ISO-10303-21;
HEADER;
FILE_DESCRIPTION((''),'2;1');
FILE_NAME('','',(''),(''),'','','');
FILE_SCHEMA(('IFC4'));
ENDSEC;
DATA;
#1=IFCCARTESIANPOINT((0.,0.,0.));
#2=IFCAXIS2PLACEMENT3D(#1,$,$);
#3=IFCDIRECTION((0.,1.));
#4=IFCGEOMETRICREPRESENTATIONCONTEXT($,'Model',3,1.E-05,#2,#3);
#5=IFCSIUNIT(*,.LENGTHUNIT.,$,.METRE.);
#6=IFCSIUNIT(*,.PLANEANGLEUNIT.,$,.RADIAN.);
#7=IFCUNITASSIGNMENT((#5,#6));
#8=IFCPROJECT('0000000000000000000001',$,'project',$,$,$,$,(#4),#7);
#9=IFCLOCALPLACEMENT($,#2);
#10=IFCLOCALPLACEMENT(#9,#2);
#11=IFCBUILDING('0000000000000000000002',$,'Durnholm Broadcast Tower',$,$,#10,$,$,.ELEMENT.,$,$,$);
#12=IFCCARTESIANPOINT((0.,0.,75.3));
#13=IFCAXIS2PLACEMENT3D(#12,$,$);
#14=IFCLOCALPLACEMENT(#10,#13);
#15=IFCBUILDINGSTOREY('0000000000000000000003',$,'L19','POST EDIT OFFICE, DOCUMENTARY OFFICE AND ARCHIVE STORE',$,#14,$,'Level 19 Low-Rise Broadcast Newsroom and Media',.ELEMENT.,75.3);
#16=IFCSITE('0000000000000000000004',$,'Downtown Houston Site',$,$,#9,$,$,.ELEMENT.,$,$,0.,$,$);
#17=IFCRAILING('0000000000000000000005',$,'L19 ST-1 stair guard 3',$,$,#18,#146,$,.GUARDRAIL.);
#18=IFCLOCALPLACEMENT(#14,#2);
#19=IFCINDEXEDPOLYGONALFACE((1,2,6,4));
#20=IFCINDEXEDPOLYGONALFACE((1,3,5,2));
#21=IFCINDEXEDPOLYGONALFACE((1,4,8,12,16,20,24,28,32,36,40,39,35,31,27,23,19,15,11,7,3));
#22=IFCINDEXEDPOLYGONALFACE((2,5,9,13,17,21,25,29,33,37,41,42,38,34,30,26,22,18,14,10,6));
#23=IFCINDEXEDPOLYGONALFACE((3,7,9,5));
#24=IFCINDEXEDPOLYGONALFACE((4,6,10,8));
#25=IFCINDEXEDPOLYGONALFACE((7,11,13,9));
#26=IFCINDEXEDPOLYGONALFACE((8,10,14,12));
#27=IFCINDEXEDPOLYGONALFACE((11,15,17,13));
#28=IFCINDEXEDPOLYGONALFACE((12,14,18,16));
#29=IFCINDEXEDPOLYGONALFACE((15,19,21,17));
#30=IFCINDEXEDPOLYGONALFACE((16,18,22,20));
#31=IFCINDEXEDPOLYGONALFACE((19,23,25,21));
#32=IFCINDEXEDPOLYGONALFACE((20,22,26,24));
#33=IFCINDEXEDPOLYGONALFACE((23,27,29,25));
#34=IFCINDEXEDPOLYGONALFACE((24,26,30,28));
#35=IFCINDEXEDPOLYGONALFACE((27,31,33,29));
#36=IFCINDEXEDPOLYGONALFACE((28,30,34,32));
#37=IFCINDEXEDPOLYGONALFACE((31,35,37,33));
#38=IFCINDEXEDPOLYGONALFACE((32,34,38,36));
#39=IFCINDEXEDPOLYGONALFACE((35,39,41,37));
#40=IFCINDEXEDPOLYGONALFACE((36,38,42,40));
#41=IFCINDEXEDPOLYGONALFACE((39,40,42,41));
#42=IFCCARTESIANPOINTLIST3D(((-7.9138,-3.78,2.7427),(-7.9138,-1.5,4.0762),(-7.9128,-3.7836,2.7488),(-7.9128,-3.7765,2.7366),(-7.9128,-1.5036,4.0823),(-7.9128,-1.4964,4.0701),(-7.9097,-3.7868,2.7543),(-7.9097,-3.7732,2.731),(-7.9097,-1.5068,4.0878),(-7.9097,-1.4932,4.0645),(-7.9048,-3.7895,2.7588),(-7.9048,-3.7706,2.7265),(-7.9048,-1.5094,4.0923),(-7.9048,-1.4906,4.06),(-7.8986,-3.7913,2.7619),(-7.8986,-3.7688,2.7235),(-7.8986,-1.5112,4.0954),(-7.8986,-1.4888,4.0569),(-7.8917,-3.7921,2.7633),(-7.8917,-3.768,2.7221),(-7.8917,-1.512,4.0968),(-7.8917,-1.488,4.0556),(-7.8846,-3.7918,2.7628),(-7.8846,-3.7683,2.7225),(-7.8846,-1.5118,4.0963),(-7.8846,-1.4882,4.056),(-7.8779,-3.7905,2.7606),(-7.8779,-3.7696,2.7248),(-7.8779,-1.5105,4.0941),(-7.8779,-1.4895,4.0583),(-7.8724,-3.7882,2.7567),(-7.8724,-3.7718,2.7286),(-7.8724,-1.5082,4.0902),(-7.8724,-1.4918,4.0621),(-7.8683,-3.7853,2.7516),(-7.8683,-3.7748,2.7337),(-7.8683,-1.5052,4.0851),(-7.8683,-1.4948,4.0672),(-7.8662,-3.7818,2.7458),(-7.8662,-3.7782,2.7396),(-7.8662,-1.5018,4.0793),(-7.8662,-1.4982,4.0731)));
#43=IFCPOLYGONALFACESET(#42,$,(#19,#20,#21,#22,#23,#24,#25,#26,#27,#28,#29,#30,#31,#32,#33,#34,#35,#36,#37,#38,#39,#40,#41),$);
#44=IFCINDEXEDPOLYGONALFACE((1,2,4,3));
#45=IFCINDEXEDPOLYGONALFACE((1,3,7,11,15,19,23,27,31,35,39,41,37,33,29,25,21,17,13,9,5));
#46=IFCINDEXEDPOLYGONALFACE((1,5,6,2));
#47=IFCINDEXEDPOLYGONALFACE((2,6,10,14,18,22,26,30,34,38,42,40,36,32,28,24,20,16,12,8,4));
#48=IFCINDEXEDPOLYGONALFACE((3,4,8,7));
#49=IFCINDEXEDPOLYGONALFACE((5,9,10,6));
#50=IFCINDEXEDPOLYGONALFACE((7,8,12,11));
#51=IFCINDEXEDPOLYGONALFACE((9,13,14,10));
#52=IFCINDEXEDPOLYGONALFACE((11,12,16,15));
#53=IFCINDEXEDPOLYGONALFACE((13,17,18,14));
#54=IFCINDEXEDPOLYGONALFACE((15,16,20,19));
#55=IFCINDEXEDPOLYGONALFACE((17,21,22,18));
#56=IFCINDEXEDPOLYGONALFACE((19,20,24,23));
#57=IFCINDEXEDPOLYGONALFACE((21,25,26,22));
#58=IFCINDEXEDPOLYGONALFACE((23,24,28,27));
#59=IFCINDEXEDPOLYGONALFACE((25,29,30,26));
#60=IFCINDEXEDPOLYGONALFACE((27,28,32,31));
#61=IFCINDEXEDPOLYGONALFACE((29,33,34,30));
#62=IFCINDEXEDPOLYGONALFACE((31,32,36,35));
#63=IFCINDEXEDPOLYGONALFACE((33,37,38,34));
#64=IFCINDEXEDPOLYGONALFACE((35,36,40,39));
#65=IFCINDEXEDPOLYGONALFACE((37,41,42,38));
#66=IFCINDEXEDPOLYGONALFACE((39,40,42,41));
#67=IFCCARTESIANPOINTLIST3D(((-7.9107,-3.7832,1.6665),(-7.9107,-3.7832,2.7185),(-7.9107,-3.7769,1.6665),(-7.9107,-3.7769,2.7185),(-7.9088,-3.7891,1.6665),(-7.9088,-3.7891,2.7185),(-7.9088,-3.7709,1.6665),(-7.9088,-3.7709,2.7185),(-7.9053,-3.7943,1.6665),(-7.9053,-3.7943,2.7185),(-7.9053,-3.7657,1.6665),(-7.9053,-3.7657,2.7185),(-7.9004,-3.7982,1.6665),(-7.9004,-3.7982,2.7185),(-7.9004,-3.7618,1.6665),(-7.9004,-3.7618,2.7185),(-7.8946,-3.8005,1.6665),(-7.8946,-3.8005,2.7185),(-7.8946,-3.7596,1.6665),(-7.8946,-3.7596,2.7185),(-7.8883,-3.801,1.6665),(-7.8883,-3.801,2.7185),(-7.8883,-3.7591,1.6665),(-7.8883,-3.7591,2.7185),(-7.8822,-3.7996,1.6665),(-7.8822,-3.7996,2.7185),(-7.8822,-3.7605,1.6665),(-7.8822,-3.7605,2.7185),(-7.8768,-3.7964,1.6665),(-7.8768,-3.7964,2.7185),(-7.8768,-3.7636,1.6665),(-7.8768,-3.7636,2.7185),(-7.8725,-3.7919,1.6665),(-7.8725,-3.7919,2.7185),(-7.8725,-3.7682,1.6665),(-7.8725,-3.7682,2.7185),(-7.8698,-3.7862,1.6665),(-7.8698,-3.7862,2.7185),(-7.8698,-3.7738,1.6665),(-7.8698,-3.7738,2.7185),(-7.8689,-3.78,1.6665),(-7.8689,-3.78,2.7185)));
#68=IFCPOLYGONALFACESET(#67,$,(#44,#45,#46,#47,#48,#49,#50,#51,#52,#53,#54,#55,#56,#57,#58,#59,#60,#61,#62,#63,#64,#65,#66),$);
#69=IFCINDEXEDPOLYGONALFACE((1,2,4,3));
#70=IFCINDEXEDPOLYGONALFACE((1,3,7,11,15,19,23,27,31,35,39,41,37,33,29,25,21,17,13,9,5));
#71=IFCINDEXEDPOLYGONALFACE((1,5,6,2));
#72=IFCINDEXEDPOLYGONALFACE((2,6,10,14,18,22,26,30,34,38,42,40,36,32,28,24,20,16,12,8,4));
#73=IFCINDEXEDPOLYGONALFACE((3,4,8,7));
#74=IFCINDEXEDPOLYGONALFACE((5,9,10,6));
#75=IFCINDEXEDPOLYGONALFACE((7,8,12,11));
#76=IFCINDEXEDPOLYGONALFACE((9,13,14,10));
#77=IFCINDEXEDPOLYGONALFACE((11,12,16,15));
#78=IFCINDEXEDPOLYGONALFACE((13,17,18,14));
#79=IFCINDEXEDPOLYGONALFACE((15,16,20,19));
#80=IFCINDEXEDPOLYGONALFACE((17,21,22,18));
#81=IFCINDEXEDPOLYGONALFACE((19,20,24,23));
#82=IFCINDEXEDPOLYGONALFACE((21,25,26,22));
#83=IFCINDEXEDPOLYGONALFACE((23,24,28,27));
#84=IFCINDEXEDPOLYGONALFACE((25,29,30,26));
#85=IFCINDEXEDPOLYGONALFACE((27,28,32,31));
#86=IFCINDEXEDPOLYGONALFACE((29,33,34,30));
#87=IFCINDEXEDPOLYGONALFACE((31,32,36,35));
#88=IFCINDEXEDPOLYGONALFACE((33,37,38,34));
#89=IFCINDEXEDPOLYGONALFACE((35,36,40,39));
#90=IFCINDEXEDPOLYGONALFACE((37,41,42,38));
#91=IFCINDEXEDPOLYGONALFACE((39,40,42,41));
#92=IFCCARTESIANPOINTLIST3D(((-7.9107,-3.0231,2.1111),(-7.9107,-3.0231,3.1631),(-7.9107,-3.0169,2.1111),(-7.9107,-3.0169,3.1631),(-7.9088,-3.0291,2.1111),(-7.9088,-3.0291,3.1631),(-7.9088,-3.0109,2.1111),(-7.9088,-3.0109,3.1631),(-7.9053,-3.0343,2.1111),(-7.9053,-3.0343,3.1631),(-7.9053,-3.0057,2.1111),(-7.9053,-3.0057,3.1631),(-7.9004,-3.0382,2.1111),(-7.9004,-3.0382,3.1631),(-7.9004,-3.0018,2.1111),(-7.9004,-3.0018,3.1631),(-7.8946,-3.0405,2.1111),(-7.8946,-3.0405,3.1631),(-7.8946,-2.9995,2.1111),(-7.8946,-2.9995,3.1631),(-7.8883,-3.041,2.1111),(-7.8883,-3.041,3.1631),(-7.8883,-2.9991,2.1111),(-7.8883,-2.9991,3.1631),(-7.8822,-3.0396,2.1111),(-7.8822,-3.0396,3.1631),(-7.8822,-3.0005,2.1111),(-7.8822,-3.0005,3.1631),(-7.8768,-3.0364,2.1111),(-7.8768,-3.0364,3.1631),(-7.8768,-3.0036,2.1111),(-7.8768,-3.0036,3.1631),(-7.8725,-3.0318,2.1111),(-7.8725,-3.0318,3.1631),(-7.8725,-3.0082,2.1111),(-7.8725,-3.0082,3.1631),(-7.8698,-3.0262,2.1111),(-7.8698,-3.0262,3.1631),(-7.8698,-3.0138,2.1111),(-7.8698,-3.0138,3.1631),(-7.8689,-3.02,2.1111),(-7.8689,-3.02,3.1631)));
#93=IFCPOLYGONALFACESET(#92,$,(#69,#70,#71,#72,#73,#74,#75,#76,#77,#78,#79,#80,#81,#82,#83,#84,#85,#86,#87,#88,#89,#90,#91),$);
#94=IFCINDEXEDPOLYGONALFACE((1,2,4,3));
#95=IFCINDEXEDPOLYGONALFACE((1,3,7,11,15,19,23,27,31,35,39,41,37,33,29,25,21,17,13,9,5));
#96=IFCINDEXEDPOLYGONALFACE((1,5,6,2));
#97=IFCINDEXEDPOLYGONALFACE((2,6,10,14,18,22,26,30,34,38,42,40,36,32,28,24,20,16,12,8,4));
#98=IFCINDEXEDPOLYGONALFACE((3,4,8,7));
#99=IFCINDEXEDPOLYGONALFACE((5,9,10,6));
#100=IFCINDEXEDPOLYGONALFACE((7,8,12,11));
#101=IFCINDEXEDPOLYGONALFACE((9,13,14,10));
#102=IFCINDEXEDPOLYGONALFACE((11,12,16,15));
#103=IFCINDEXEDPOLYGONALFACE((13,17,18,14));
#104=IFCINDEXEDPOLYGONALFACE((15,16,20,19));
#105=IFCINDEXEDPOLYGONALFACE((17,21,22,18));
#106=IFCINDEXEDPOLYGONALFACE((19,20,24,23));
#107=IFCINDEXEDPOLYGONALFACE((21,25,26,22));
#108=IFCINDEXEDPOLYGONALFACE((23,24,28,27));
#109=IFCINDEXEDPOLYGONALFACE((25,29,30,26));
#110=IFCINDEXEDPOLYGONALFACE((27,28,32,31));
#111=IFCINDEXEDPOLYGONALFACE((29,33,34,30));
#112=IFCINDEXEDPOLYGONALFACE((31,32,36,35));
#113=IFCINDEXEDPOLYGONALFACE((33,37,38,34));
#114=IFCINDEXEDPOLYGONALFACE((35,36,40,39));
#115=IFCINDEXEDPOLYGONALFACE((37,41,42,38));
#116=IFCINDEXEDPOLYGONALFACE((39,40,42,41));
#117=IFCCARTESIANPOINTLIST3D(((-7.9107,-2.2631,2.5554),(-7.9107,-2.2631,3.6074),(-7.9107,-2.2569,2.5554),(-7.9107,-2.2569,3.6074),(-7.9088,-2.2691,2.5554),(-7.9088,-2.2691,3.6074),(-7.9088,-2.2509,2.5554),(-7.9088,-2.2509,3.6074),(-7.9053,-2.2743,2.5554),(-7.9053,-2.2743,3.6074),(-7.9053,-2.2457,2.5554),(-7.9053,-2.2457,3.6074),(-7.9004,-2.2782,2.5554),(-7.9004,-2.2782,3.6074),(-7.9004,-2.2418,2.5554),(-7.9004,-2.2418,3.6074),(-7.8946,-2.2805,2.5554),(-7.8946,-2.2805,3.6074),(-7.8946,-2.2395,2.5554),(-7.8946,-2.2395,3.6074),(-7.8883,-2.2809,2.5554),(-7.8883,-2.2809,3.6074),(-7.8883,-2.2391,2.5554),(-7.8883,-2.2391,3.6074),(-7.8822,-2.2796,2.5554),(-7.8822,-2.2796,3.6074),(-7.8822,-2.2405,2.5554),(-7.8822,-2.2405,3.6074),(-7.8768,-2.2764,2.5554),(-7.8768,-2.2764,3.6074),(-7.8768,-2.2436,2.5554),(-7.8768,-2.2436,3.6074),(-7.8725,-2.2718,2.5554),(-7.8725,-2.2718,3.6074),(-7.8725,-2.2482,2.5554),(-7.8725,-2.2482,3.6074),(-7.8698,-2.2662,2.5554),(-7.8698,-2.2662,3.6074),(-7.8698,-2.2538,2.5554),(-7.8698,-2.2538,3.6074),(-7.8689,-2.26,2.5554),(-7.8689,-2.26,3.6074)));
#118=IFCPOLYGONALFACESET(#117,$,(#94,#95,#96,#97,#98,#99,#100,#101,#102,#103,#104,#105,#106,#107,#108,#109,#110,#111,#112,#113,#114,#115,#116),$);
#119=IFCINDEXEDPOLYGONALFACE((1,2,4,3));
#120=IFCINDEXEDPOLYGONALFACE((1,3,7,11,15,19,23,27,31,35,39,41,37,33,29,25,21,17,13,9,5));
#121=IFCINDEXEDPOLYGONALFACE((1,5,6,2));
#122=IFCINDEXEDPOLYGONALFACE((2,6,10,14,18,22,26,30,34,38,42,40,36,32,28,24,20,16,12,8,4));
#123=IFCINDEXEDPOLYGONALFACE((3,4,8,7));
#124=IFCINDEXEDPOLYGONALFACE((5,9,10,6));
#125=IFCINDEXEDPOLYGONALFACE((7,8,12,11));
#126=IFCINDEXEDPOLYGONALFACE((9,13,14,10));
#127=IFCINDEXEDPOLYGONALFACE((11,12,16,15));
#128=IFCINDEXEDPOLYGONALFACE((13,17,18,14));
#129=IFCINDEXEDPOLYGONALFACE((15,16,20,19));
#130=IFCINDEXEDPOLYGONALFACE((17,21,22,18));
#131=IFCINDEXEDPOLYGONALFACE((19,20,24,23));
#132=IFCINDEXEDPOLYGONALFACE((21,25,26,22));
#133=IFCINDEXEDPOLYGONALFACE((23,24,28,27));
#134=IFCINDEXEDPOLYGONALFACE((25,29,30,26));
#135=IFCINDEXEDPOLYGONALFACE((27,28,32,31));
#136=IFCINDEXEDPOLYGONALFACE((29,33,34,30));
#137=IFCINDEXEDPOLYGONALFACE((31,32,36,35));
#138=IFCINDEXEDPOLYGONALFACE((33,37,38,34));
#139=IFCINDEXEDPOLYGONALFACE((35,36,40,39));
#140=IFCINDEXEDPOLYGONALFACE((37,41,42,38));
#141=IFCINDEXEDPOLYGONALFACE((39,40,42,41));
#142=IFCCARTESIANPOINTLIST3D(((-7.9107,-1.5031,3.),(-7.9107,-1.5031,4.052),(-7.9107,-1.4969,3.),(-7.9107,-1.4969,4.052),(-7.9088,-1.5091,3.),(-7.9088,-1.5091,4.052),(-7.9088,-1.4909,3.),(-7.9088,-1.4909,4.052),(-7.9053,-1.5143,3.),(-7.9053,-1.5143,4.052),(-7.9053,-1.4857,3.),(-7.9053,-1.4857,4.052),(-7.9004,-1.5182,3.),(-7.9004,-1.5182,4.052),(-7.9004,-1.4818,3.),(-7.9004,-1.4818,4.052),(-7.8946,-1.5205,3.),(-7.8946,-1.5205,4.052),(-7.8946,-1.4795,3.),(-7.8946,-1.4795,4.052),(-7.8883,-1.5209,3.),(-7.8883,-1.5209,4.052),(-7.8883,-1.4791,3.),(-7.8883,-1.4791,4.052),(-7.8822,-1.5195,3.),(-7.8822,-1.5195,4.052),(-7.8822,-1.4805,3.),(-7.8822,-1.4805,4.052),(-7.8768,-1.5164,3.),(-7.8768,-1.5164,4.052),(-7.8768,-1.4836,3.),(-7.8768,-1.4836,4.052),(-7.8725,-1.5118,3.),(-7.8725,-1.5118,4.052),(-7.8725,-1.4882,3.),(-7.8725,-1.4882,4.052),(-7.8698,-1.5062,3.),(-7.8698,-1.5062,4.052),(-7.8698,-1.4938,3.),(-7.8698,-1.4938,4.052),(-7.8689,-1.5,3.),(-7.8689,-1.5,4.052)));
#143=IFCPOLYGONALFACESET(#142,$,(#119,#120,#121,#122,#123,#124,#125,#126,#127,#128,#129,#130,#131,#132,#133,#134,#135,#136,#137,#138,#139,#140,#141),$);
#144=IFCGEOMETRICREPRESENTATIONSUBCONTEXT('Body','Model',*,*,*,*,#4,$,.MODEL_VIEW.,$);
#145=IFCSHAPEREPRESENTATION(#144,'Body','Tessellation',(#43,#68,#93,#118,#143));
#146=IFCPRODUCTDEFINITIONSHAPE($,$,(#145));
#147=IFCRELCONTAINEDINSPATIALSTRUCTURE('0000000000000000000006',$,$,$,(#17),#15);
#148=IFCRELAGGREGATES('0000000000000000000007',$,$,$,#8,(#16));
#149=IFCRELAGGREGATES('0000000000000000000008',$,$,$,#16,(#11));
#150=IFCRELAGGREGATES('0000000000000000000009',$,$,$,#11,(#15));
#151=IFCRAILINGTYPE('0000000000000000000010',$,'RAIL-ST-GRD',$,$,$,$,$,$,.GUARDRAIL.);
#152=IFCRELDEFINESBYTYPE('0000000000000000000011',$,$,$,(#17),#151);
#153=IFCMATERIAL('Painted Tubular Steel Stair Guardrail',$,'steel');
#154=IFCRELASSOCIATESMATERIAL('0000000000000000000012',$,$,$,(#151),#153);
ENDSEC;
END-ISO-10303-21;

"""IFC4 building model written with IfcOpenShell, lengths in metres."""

from ifc_helpers import new_model, si_unit, direction, frame, origin, origin_2d, place, context, subcontext, project, spatial, circle, extrude, material, type_object, element, save


model = new_model("IFC4")

# Units and contexts
model_context = context("Model", 3, precision=1e-05, world=origin(), true_north=direction((0.0, 1.0)))
body_context = subcontext(model_context, "Body", "Model", "MODEL_VIEW")
ifc_project = project(units=[si_unit("LENGTHUNIT", "METRE"), si_unit("PLANEANGLEUNIT", "RADIAN")], contexts=[model_context])

# Site, building, storey
site_placement = place(None, origin())
site = spatial("IfcSite", under=ifc_project, at=site_placement, Name="Downtown Houston Site", CompositionType="ELEMENT", RefElevation=0.0)
building_placement = place(site_placement, origin())
building = spatial("IfcBuilding", under=site, at=building_placement, Name="Durnholm Broadcast Tower", CompositionType="ELEMENT")
storey_placement = place(building_placement, frame((0.0, 0.0, 75.3)))
storey = spatial("IfcBuildingStorey", under=building, at=storey_placement, Name="L19", Description="POST EDIT OFFICE, DOCUMENTARY OFFICE AND ARCHIVE STORE", LongName="Level 19 Low-Rise Broadcast Newsroom and Media", CompositionType="ELEMENT", Elevation=75.3)

# Railing
ifc_material_1 = material(Name="Painted Tubular Steel Stair Guardrail", Category="steel")
railing_type_1 = type_object("IfcRailingType", Name="RAIL-ST-GRD", PredefinedType="GUARDRAIL", material=ifc_material_1)
railing_1_placement = place(storey_placement, frame((-7.8899, -3.78, 1.6665)))
element("IfcRailing", 1, at=railing_1_placement, inside=storey, type_object=railing_type_1, Name="L19 ST-1 stair guard 3", PredefinedType="GUARDRAIL", context=body_context, shape_type="SweptSolid", body=[
    extrude(circle(Radius=0.0239, at=origin_2d()), frame((0.0, 0.0, 1.0762), z_axis=(0.0, 0.863205, 0.504853), x_axis=(-1.0, 0.0, 0.0)), (0.0, 0.0, 1.0), 2.6414),
    extrude(circle(Radius=0.021, at=origin_2d()), origin(), (0.0, 0.0, 1.0), 1.052),
    extrude(circle(Radius=0.021, at=origin_2d()), frame((0.0, 0.76, 0.4446)), (0.0, 0.0, 1.0), 1.052),
    extrude(circle(Radius=0.021, at=origin_2d()), frame((0.0, 1.52, 0.8889)), (0.0, 0.0, 1.0), 1.052),
    extrude(circle(Radius=0.021, at=origin_2d()), frame((0.0, 2.28, 1.3335)), (0.0, 0.0, 1.0), 1.052),
])

save(model, "model.ifc")
